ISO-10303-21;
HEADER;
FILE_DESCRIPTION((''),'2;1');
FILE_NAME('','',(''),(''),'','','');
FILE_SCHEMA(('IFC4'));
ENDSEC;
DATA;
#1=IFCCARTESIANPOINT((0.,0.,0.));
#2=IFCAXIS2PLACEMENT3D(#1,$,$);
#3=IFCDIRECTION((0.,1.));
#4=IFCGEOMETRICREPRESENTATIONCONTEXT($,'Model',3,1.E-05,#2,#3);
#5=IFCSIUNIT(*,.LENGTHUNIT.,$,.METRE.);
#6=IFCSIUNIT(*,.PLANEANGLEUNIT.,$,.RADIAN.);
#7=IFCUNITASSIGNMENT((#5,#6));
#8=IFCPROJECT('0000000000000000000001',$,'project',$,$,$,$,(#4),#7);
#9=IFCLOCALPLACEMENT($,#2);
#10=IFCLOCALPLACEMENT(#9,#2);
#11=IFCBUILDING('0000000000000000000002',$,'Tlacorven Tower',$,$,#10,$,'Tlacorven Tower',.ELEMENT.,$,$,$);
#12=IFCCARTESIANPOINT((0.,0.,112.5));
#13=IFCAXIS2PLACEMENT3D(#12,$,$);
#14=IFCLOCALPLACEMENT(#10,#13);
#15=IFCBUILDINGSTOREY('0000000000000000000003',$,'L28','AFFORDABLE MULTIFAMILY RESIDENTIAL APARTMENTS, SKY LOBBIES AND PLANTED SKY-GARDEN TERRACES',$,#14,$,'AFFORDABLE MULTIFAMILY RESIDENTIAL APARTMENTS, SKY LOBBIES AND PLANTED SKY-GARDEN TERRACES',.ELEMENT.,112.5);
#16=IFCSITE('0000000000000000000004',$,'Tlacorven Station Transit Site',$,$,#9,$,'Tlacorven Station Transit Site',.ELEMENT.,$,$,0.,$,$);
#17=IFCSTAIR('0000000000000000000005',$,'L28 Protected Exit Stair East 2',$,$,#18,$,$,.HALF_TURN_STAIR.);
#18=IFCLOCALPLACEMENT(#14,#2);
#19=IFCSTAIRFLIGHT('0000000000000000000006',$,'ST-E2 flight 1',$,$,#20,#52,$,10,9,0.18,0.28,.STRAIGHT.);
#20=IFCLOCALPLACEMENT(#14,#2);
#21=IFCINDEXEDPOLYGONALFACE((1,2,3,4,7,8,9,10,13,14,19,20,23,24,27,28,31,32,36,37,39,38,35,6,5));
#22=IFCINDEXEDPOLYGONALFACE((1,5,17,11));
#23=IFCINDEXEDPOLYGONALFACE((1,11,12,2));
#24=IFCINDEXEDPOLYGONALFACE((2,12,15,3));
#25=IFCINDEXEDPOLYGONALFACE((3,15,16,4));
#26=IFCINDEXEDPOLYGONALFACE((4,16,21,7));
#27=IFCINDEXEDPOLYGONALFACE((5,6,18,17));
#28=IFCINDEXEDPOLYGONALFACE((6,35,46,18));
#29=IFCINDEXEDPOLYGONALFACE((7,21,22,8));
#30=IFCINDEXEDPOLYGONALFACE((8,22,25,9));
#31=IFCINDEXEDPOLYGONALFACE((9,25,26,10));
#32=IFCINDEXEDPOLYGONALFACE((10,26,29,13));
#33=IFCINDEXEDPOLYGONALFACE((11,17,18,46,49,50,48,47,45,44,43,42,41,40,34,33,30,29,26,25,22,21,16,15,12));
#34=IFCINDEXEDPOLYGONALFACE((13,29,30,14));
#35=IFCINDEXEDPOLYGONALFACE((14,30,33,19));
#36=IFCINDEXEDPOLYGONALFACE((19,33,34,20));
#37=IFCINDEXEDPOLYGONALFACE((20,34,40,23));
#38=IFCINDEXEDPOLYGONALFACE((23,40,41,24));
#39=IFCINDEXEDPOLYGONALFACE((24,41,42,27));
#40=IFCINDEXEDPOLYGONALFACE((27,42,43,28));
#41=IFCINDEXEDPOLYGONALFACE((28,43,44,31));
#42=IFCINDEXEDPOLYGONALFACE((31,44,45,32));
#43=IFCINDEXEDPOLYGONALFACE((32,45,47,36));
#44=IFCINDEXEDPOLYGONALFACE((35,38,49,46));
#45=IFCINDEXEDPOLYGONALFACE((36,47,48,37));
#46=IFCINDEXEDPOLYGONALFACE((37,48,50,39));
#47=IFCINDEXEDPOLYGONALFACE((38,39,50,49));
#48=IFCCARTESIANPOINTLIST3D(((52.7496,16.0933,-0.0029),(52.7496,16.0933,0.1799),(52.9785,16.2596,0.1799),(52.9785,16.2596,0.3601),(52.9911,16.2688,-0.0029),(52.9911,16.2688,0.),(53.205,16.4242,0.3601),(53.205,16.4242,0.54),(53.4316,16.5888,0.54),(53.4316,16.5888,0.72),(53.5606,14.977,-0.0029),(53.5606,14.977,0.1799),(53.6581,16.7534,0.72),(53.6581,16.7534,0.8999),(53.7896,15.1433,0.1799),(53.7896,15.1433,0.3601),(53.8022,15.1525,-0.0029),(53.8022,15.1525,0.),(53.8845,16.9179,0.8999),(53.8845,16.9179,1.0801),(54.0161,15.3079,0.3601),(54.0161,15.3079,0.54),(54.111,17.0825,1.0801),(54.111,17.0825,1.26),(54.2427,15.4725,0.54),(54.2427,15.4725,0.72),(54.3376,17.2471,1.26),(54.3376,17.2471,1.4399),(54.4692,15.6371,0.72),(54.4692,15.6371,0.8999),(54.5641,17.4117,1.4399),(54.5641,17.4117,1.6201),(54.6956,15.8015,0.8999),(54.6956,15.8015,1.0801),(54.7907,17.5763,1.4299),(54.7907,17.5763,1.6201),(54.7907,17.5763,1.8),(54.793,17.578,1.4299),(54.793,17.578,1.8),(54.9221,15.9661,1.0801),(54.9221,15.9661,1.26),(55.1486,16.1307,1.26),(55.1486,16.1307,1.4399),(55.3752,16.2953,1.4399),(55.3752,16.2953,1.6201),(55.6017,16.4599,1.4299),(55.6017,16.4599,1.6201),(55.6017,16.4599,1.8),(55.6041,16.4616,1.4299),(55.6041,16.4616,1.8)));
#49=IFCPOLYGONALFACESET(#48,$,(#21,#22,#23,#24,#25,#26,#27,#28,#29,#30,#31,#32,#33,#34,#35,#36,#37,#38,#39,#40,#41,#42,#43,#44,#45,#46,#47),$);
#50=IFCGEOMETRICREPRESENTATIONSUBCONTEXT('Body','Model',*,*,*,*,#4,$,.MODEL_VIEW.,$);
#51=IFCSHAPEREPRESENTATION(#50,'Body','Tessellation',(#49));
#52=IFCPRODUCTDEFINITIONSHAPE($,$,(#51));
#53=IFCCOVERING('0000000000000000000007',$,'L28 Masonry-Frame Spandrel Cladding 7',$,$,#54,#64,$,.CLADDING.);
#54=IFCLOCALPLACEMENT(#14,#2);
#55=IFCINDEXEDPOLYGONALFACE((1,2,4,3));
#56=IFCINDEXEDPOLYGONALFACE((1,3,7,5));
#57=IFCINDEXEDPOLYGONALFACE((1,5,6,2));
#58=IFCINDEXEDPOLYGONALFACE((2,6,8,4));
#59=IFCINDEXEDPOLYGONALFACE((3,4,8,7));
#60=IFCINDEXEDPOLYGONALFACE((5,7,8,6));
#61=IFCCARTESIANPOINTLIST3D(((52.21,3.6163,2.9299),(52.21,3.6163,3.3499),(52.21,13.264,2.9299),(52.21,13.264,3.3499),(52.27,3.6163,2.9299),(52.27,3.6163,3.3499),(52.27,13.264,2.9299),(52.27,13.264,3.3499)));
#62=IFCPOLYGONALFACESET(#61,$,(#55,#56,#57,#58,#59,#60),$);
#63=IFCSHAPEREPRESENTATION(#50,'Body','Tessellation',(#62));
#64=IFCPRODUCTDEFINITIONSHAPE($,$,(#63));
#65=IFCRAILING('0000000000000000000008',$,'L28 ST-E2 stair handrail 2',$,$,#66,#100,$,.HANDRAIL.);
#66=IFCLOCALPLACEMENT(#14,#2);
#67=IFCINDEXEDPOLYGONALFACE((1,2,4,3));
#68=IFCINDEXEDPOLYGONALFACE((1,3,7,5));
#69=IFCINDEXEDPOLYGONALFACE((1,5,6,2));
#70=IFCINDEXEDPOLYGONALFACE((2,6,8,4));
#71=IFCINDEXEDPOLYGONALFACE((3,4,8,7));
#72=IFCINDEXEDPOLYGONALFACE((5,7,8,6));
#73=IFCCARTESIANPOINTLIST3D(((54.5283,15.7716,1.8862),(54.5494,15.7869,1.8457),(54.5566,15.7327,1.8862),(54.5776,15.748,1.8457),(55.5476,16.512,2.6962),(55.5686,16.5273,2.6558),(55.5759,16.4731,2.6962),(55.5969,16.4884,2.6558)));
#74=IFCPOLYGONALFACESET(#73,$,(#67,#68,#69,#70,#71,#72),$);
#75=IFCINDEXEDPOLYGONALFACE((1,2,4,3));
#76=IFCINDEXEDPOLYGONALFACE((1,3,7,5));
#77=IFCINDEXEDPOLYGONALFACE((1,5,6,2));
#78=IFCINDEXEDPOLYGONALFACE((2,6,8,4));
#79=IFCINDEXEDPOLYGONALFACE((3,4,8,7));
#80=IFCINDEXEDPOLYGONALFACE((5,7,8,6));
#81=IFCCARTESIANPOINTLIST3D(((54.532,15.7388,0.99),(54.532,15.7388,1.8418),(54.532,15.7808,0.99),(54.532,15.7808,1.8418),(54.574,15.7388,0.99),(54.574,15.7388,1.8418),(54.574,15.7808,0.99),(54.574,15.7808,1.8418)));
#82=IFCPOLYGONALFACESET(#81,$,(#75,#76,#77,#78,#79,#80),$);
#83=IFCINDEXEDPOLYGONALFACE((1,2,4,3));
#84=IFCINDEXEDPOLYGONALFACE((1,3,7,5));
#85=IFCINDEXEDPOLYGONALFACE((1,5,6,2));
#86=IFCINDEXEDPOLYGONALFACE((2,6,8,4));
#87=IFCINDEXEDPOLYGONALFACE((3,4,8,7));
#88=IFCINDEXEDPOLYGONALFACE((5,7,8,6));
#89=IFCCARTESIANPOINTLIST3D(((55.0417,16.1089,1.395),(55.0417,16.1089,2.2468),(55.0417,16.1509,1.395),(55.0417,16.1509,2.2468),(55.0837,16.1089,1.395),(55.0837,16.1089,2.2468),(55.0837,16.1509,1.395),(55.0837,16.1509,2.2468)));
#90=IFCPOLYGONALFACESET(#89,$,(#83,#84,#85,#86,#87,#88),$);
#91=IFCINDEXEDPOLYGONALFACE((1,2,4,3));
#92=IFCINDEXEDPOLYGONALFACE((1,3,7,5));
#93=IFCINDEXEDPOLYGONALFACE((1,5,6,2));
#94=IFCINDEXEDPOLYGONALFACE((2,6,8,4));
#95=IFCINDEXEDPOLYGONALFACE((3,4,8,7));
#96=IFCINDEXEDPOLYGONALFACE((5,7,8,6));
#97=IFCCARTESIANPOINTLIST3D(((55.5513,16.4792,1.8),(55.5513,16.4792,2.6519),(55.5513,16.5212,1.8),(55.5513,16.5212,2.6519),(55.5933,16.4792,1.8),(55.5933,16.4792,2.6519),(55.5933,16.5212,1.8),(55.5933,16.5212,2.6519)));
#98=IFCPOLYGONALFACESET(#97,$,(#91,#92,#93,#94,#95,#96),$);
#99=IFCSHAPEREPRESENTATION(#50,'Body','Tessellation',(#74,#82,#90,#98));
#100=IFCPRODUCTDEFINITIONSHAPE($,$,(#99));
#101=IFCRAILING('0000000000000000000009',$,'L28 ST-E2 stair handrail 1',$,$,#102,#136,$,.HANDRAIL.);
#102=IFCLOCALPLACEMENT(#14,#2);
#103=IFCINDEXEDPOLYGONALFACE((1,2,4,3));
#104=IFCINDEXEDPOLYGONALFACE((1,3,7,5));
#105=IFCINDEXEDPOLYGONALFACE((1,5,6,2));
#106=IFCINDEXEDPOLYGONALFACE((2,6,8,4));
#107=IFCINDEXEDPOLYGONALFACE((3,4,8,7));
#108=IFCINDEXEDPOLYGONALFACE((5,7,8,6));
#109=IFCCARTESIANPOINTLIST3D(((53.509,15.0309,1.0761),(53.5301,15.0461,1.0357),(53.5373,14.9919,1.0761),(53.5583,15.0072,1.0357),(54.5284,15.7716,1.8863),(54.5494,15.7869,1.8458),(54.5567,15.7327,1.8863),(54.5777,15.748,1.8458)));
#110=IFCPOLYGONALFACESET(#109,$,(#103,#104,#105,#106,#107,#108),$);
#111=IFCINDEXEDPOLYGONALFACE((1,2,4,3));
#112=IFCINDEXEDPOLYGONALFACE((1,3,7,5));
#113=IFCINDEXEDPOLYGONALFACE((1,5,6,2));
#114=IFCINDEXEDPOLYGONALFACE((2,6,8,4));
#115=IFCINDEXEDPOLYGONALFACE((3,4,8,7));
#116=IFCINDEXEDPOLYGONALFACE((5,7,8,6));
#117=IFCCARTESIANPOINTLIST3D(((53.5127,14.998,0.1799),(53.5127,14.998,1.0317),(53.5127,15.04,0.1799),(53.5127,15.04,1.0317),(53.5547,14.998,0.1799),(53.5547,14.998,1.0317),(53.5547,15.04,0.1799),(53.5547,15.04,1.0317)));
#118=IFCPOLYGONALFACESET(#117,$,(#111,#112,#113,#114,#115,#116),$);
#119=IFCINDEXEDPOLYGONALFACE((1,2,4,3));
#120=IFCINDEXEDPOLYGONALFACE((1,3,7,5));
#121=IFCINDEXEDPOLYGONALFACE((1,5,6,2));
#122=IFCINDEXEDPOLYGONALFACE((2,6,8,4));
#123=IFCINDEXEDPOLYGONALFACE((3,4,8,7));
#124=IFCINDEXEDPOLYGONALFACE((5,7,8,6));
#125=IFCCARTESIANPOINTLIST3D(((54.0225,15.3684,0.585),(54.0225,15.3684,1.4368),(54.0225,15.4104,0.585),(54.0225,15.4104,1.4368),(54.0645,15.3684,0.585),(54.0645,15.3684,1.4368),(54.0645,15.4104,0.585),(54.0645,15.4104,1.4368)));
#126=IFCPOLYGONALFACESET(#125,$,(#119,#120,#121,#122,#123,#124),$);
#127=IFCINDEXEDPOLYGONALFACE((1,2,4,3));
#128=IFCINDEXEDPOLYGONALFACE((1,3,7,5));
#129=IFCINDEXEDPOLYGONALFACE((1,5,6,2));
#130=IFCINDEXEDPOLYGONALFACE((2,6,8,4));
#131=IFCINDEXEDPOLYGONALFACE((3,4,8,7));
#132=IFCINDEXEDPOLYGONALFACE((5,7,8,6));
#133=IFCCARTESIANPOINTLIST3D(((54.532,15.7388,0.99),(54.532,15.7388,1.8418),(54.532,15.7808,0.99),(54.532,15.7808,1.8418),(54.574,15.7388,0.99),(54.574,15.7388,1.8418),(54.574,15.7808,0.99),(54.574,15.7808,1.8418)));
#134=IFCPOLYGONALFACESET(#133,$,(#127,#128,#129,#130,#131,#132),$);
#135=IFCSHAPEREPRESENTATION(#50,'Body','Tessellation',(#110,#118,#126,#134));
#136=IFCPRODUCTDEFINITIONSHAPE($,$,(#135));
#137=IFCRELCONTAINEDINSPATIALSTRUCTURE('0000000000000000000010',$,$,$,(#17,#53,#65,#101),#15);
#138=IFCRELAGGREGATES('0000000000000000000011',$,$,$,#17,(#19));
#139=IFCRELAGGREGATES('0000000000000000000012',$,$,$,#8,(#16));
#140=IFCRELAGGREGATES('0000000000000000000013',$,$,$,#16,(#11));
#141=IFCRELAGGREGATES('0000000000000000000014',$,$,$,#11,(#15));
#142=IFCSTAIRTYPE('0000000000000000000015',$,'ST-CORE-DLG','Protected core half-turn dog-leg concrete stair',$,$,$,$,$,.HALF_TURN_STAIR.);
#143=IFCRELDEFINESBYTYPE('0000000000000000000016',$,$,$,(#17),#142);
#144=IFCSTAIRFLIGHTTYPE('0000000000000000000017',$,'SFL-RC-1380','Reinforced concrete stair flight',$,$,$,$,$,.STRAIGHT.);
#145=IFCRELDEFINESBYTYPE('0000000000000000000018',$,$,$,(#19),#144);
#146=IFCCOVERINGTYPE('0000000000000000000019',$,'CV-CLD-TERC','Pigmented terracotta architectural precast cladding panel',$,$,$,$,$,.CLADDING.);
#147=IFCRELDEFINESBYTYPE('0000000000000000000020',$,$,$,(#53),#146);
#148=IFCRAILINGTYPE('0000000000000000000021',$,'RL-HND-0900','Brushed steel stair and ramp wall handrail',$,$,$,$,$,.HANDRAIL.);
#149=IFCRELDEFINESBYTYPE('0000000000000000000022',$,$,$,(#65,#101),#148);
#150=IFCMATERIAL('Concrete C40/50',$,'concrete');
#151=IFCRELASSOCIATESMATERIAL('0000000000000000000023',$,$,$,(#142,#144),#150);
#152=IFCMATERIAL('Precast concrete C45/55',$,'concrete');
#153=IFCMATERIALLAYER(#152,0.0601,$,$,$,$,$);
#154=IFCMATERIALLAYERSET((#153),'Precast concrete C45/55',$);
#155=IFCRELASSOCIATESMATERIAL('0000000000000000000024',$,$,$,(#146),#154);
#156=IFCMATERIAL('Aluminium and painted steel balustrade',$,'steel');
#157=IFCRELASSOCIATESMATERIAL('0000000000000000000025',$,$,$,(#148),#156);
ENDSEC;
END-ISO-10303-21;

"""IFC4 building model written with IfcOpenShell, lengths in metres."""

from ifc_helpers import new_model, si_unit, direction, frame, origin, origin_2d, place, context, subcontext, project, spatial, polyline, rectangle, outline, extrude, source, transform, mapped, material, layer, layer_set, type_object, element, aggregate, save


model = new_model("IFC4")

# Units and contexts
model_context = context("Model", 3, precision=1e-05, world=origin(), true_north=direction((0.0, 1.0)))
body_context = subcontext(model_context, "Body", "Model", "MODEL_VIEW")
ifc_project = project(units=[si_unit("LENGTHUNIT", "METRE"), si_unit("PLANEANGLEUNIT", "RADIAN")], contexts=[model_context])

# Site, building, storey
site_placement = place(None, origin())
site = spatial("IfcSite", under=ifc_project, at=site_placement, Name="Tlacorven Station Transit Site", LongName="Tlacorven Station Transit Site", CompositionType="ELEMENT", RefElevation=0.0)
building_placement = place(site_placement, origin())
building = spatial("IfcBuilding", under=site, at=building_placement, Name="Tlacorven Tower", LongName="Tlacorven Tower", CompositionType="ELEMENT")
storey_placement = place(building_placement, frame((0.0, 0.0, 112.5)))
storey = spatial("IfcBuildingStorey", under=building, at=storey_placement, Name="L28", Description="AFFORDABLE MULTIFAMILY RESIDENTIAL APARTMENTS, SKY LOBBIES AND PLANTED SKY-GARDEN TERRACES", LongName="AFFORDABLE MULTIFAMILY RESIDENTIAL APARTMENTS, SKY LOBBIES AND PLANTED SKY-GARDEN TERRACES", CompositionType="ELEMENT", Elevation=112.5)

# Shared definitions
ifc_material_1 = material(Name="Precast concrete C45/55", Category="concrete")

# Stair, stair flight
ifc_material_2 = material(Name="Concrete C40/50", Category="concrete")
stair_type = type_object("IfcStairType", Name="ST-CORE-DLG", Description="Protected core half-turn dog-leg concrete stair", PredefinedType="HALF_TURN_STAIR", material=ifc_material_2)
stair_placement = place(storey_placement, origin())
stair = element("IfcStair", 1, at=stair_placement, inside=storey, type_object=stair_type, Name="L28 Protected Exit Stair East 2", PredefinedType="HALF_TURN_STAIR")
stair_flight_type = type_object("IfcStairFlightType", Name="SFL-RC-1380", Description="Reinforced concrete stair flight", PredefinedType="STRAIGHT", material=ifc_material_2)
shared_shape_1 = source(origin(), body_context, "Body", "SweptSolid", [
    extrude(outline(polyline([(-0.0029, -0.0029), (-0.0029, 0.1799), (0.28, 0.1799), (0.28, 0.3601), (0.5601, 0.3601), (0.5601, 0.54), (0.8401, 0.54), (0.8401, 0.72), (1.1201, 0.72), (1.1201, 0.8999), (1.3999, 0.8999), (1.3999, 1.0801), (1.6799, 1.0801), (1.6799, 1.26), (1.96, 1.26), (1.96, 1.4399), (2.24, 1.4399), (2.24, 1.6201), (2.52, 1.6201), (2.52, 1.8), (2.5229, 1.8), (2.5229, 1.4299), (2.52, 1.4299), (0.2957, 0.0), (0.2957, -0.0029), (-0.0029, -0.0029)])), frame((0.0, 0.6899, 0.0), z_axis=(0.0, -1.0, 0.0), x_axis=(1.0, 0.0, 0.0)), (0.0, 0.0, 1.0), 1.3799),
])
stair_flight_placement = place(storey_placement, frame((53.1575, 15.5369, 0.0), z_axis=(0.0, 0.0, 1.0), x_axis=(0.809017, 0.587785, 0.0)))
stair_flight = element("IfcStairFlight", 2, at=stair_flight_placement, type_object=stair_flight_type, Name="ST-E2 flight 1", NumberOfRisers=10, NumberOfTreads=9, PredefinedType="STRAIGHT", RiserHeight=0.18, TreadLength=0.28, context=body_context, shape_type="MappedRepresentation", body=[
    mapped(shared_shape_1, transform((0.0, 0.0, 0.0), scale=1.0)),
])
aggregate(stair, [stair_flight])

# Covering
ifc_layer_1 = layer(ifc_material_1, 0.0601)
ifc_layer_set_1 = layer_set([ifc_layer_1], Name="Precast concrete C45/55")
covering_type = type_object("IfcCoveringType", Name="CV-CLD-TERC", Description="Pigmented terracotta architectural precast cladding panel", PredefinedType="CLADDING", material=ifc_layer_set_1)
shared_shape_2 = source(origin(), body_context, "Body", "SweptSolid", [
    extrude(rectangle(XDim=9.6477, YDim=0.0601, at=origin_2d()), origin(), (0.0, 0.0, 1.0), 0.4199),
])
covering_placement = place(storey_placement, frame((52.24, 8.4402, 2.9299), z_axis=(0.0, 0.0, 1.0), x_axis=(0.0, -1.0, 0.0)))
element("IfcCovering", 3, at=covering_placement, inside=storey, type_object=covering_type, Name="L28 Masonry-Frame Spandrel Cladding 7", PredefinedType="CLADDING", context=body_context, shape_type="MappedRepresentation", body=[
    mapped(shared_shape_2, transform((0.0, 0.0, 0.0), scale=1.0)),
])

# Railings
ifc_material_3 = material(Name="Aluminium and painted steel balustrade", Category="steel")
railing_type = type_object("IfcRailingType", Name="RL-HND-0900", Description="Brushed steel stair and ramp wall handrail", PredefinedType="HANDRAIL", material=ifc_material_3)
shared_shape_3 = source(origin(), body_context, "Body", "SweptSolid", [
    extrude(rectangle(XDim=0.0481, YDim=0.0481, at=origin_2d()), frame((0.0, 0.0, 0.876), z_axis=(0.680516, 0.494373, 0.540827), x_axis=(-0.587745, 0.809046, 0.0)), (0.0, 0.0, 1.0), 1.4978),
    extrude(rectangle(XDim=0.042, YDim=0.042, at=origin_2d()), origin(), (0.0, 0.0, 1.0), 0.8518),
    extrude(rectangle(XDim=0.042, YDim=0.042, at=origin_2d()), frame((0.5098, 0.3701, 0.405)), (0.0, 0.0, 1.0), 0.8518),
    extrude(rectangle(XDim=0.042, YDim=0.042, at=origin_2d()), frame((1.0193, 0.7405, 0.8101)), (0.0, 0.0, 1.0), 0.8518),
])
railing_1_placement = place(storey_placement, frame((54.553, 15.7598, 0.99)))
element("IfcRailing", 4, at=railing_1_placement, inside=storey, type_object=railing_type, Name="L28 ST-E2 stair handrail 2", PredefinedType="HANDRAIL", context=body_context, shape_type="MappedRepresentation", body=[
    mapped(shared_shape_3, transform((0.0, 0.0, 0.0), scale=1.0)),
])
shared_shape_4 = source(origin(), body_context, "Body", "SweptSolid", [
    extrude(rectangle(XDim=0.0481, YDim=0.0481, at=origin_2d()), frame((0.0, 0.0, 0.876), z_axis=(0.680461, 0.494496, 0.540783), x_axis=(-0.587872, 0.808954, 0.0)), (0.0, 0.0, 1.0), 1.498),
    extrude(rectangle(XDim=0.042, YDim=0.042, at=origin_2d()), origin(), (0.0, 0.0, 1.0), 0.8518),
    extrude(rectangle(XDim=0.042, YDim=0.042, at=origin_2d()), frame((0.5098, 0.3704, 0.405)), (0.0, 0.0, 1.0), 0.8518),
    extrude(rectangle(XDim=0.042, YDim=0.042, at=origin_2d()), frame((1.0193, 0.7407, 0.8101)), (0.0, 0.0, 1.0), 0.8518),
])
railing_2_placement = place(storey_placement, frame((53.5337, 15.019, 0.1799)))
element("IfcRailing", 5, at=railing_2_placement, inside=storey, type_object=railing_type, Name="L28 ST-E2 stair handrail 1", PredefinedType="HANDRAIL", context=body_context, shape_type="MappedRepresentation", body=[
    mapped(shared_shape_4, transform((0.0, 0.0, 0.0), scale=1.0)),
])

save(model, "model.ifc")
